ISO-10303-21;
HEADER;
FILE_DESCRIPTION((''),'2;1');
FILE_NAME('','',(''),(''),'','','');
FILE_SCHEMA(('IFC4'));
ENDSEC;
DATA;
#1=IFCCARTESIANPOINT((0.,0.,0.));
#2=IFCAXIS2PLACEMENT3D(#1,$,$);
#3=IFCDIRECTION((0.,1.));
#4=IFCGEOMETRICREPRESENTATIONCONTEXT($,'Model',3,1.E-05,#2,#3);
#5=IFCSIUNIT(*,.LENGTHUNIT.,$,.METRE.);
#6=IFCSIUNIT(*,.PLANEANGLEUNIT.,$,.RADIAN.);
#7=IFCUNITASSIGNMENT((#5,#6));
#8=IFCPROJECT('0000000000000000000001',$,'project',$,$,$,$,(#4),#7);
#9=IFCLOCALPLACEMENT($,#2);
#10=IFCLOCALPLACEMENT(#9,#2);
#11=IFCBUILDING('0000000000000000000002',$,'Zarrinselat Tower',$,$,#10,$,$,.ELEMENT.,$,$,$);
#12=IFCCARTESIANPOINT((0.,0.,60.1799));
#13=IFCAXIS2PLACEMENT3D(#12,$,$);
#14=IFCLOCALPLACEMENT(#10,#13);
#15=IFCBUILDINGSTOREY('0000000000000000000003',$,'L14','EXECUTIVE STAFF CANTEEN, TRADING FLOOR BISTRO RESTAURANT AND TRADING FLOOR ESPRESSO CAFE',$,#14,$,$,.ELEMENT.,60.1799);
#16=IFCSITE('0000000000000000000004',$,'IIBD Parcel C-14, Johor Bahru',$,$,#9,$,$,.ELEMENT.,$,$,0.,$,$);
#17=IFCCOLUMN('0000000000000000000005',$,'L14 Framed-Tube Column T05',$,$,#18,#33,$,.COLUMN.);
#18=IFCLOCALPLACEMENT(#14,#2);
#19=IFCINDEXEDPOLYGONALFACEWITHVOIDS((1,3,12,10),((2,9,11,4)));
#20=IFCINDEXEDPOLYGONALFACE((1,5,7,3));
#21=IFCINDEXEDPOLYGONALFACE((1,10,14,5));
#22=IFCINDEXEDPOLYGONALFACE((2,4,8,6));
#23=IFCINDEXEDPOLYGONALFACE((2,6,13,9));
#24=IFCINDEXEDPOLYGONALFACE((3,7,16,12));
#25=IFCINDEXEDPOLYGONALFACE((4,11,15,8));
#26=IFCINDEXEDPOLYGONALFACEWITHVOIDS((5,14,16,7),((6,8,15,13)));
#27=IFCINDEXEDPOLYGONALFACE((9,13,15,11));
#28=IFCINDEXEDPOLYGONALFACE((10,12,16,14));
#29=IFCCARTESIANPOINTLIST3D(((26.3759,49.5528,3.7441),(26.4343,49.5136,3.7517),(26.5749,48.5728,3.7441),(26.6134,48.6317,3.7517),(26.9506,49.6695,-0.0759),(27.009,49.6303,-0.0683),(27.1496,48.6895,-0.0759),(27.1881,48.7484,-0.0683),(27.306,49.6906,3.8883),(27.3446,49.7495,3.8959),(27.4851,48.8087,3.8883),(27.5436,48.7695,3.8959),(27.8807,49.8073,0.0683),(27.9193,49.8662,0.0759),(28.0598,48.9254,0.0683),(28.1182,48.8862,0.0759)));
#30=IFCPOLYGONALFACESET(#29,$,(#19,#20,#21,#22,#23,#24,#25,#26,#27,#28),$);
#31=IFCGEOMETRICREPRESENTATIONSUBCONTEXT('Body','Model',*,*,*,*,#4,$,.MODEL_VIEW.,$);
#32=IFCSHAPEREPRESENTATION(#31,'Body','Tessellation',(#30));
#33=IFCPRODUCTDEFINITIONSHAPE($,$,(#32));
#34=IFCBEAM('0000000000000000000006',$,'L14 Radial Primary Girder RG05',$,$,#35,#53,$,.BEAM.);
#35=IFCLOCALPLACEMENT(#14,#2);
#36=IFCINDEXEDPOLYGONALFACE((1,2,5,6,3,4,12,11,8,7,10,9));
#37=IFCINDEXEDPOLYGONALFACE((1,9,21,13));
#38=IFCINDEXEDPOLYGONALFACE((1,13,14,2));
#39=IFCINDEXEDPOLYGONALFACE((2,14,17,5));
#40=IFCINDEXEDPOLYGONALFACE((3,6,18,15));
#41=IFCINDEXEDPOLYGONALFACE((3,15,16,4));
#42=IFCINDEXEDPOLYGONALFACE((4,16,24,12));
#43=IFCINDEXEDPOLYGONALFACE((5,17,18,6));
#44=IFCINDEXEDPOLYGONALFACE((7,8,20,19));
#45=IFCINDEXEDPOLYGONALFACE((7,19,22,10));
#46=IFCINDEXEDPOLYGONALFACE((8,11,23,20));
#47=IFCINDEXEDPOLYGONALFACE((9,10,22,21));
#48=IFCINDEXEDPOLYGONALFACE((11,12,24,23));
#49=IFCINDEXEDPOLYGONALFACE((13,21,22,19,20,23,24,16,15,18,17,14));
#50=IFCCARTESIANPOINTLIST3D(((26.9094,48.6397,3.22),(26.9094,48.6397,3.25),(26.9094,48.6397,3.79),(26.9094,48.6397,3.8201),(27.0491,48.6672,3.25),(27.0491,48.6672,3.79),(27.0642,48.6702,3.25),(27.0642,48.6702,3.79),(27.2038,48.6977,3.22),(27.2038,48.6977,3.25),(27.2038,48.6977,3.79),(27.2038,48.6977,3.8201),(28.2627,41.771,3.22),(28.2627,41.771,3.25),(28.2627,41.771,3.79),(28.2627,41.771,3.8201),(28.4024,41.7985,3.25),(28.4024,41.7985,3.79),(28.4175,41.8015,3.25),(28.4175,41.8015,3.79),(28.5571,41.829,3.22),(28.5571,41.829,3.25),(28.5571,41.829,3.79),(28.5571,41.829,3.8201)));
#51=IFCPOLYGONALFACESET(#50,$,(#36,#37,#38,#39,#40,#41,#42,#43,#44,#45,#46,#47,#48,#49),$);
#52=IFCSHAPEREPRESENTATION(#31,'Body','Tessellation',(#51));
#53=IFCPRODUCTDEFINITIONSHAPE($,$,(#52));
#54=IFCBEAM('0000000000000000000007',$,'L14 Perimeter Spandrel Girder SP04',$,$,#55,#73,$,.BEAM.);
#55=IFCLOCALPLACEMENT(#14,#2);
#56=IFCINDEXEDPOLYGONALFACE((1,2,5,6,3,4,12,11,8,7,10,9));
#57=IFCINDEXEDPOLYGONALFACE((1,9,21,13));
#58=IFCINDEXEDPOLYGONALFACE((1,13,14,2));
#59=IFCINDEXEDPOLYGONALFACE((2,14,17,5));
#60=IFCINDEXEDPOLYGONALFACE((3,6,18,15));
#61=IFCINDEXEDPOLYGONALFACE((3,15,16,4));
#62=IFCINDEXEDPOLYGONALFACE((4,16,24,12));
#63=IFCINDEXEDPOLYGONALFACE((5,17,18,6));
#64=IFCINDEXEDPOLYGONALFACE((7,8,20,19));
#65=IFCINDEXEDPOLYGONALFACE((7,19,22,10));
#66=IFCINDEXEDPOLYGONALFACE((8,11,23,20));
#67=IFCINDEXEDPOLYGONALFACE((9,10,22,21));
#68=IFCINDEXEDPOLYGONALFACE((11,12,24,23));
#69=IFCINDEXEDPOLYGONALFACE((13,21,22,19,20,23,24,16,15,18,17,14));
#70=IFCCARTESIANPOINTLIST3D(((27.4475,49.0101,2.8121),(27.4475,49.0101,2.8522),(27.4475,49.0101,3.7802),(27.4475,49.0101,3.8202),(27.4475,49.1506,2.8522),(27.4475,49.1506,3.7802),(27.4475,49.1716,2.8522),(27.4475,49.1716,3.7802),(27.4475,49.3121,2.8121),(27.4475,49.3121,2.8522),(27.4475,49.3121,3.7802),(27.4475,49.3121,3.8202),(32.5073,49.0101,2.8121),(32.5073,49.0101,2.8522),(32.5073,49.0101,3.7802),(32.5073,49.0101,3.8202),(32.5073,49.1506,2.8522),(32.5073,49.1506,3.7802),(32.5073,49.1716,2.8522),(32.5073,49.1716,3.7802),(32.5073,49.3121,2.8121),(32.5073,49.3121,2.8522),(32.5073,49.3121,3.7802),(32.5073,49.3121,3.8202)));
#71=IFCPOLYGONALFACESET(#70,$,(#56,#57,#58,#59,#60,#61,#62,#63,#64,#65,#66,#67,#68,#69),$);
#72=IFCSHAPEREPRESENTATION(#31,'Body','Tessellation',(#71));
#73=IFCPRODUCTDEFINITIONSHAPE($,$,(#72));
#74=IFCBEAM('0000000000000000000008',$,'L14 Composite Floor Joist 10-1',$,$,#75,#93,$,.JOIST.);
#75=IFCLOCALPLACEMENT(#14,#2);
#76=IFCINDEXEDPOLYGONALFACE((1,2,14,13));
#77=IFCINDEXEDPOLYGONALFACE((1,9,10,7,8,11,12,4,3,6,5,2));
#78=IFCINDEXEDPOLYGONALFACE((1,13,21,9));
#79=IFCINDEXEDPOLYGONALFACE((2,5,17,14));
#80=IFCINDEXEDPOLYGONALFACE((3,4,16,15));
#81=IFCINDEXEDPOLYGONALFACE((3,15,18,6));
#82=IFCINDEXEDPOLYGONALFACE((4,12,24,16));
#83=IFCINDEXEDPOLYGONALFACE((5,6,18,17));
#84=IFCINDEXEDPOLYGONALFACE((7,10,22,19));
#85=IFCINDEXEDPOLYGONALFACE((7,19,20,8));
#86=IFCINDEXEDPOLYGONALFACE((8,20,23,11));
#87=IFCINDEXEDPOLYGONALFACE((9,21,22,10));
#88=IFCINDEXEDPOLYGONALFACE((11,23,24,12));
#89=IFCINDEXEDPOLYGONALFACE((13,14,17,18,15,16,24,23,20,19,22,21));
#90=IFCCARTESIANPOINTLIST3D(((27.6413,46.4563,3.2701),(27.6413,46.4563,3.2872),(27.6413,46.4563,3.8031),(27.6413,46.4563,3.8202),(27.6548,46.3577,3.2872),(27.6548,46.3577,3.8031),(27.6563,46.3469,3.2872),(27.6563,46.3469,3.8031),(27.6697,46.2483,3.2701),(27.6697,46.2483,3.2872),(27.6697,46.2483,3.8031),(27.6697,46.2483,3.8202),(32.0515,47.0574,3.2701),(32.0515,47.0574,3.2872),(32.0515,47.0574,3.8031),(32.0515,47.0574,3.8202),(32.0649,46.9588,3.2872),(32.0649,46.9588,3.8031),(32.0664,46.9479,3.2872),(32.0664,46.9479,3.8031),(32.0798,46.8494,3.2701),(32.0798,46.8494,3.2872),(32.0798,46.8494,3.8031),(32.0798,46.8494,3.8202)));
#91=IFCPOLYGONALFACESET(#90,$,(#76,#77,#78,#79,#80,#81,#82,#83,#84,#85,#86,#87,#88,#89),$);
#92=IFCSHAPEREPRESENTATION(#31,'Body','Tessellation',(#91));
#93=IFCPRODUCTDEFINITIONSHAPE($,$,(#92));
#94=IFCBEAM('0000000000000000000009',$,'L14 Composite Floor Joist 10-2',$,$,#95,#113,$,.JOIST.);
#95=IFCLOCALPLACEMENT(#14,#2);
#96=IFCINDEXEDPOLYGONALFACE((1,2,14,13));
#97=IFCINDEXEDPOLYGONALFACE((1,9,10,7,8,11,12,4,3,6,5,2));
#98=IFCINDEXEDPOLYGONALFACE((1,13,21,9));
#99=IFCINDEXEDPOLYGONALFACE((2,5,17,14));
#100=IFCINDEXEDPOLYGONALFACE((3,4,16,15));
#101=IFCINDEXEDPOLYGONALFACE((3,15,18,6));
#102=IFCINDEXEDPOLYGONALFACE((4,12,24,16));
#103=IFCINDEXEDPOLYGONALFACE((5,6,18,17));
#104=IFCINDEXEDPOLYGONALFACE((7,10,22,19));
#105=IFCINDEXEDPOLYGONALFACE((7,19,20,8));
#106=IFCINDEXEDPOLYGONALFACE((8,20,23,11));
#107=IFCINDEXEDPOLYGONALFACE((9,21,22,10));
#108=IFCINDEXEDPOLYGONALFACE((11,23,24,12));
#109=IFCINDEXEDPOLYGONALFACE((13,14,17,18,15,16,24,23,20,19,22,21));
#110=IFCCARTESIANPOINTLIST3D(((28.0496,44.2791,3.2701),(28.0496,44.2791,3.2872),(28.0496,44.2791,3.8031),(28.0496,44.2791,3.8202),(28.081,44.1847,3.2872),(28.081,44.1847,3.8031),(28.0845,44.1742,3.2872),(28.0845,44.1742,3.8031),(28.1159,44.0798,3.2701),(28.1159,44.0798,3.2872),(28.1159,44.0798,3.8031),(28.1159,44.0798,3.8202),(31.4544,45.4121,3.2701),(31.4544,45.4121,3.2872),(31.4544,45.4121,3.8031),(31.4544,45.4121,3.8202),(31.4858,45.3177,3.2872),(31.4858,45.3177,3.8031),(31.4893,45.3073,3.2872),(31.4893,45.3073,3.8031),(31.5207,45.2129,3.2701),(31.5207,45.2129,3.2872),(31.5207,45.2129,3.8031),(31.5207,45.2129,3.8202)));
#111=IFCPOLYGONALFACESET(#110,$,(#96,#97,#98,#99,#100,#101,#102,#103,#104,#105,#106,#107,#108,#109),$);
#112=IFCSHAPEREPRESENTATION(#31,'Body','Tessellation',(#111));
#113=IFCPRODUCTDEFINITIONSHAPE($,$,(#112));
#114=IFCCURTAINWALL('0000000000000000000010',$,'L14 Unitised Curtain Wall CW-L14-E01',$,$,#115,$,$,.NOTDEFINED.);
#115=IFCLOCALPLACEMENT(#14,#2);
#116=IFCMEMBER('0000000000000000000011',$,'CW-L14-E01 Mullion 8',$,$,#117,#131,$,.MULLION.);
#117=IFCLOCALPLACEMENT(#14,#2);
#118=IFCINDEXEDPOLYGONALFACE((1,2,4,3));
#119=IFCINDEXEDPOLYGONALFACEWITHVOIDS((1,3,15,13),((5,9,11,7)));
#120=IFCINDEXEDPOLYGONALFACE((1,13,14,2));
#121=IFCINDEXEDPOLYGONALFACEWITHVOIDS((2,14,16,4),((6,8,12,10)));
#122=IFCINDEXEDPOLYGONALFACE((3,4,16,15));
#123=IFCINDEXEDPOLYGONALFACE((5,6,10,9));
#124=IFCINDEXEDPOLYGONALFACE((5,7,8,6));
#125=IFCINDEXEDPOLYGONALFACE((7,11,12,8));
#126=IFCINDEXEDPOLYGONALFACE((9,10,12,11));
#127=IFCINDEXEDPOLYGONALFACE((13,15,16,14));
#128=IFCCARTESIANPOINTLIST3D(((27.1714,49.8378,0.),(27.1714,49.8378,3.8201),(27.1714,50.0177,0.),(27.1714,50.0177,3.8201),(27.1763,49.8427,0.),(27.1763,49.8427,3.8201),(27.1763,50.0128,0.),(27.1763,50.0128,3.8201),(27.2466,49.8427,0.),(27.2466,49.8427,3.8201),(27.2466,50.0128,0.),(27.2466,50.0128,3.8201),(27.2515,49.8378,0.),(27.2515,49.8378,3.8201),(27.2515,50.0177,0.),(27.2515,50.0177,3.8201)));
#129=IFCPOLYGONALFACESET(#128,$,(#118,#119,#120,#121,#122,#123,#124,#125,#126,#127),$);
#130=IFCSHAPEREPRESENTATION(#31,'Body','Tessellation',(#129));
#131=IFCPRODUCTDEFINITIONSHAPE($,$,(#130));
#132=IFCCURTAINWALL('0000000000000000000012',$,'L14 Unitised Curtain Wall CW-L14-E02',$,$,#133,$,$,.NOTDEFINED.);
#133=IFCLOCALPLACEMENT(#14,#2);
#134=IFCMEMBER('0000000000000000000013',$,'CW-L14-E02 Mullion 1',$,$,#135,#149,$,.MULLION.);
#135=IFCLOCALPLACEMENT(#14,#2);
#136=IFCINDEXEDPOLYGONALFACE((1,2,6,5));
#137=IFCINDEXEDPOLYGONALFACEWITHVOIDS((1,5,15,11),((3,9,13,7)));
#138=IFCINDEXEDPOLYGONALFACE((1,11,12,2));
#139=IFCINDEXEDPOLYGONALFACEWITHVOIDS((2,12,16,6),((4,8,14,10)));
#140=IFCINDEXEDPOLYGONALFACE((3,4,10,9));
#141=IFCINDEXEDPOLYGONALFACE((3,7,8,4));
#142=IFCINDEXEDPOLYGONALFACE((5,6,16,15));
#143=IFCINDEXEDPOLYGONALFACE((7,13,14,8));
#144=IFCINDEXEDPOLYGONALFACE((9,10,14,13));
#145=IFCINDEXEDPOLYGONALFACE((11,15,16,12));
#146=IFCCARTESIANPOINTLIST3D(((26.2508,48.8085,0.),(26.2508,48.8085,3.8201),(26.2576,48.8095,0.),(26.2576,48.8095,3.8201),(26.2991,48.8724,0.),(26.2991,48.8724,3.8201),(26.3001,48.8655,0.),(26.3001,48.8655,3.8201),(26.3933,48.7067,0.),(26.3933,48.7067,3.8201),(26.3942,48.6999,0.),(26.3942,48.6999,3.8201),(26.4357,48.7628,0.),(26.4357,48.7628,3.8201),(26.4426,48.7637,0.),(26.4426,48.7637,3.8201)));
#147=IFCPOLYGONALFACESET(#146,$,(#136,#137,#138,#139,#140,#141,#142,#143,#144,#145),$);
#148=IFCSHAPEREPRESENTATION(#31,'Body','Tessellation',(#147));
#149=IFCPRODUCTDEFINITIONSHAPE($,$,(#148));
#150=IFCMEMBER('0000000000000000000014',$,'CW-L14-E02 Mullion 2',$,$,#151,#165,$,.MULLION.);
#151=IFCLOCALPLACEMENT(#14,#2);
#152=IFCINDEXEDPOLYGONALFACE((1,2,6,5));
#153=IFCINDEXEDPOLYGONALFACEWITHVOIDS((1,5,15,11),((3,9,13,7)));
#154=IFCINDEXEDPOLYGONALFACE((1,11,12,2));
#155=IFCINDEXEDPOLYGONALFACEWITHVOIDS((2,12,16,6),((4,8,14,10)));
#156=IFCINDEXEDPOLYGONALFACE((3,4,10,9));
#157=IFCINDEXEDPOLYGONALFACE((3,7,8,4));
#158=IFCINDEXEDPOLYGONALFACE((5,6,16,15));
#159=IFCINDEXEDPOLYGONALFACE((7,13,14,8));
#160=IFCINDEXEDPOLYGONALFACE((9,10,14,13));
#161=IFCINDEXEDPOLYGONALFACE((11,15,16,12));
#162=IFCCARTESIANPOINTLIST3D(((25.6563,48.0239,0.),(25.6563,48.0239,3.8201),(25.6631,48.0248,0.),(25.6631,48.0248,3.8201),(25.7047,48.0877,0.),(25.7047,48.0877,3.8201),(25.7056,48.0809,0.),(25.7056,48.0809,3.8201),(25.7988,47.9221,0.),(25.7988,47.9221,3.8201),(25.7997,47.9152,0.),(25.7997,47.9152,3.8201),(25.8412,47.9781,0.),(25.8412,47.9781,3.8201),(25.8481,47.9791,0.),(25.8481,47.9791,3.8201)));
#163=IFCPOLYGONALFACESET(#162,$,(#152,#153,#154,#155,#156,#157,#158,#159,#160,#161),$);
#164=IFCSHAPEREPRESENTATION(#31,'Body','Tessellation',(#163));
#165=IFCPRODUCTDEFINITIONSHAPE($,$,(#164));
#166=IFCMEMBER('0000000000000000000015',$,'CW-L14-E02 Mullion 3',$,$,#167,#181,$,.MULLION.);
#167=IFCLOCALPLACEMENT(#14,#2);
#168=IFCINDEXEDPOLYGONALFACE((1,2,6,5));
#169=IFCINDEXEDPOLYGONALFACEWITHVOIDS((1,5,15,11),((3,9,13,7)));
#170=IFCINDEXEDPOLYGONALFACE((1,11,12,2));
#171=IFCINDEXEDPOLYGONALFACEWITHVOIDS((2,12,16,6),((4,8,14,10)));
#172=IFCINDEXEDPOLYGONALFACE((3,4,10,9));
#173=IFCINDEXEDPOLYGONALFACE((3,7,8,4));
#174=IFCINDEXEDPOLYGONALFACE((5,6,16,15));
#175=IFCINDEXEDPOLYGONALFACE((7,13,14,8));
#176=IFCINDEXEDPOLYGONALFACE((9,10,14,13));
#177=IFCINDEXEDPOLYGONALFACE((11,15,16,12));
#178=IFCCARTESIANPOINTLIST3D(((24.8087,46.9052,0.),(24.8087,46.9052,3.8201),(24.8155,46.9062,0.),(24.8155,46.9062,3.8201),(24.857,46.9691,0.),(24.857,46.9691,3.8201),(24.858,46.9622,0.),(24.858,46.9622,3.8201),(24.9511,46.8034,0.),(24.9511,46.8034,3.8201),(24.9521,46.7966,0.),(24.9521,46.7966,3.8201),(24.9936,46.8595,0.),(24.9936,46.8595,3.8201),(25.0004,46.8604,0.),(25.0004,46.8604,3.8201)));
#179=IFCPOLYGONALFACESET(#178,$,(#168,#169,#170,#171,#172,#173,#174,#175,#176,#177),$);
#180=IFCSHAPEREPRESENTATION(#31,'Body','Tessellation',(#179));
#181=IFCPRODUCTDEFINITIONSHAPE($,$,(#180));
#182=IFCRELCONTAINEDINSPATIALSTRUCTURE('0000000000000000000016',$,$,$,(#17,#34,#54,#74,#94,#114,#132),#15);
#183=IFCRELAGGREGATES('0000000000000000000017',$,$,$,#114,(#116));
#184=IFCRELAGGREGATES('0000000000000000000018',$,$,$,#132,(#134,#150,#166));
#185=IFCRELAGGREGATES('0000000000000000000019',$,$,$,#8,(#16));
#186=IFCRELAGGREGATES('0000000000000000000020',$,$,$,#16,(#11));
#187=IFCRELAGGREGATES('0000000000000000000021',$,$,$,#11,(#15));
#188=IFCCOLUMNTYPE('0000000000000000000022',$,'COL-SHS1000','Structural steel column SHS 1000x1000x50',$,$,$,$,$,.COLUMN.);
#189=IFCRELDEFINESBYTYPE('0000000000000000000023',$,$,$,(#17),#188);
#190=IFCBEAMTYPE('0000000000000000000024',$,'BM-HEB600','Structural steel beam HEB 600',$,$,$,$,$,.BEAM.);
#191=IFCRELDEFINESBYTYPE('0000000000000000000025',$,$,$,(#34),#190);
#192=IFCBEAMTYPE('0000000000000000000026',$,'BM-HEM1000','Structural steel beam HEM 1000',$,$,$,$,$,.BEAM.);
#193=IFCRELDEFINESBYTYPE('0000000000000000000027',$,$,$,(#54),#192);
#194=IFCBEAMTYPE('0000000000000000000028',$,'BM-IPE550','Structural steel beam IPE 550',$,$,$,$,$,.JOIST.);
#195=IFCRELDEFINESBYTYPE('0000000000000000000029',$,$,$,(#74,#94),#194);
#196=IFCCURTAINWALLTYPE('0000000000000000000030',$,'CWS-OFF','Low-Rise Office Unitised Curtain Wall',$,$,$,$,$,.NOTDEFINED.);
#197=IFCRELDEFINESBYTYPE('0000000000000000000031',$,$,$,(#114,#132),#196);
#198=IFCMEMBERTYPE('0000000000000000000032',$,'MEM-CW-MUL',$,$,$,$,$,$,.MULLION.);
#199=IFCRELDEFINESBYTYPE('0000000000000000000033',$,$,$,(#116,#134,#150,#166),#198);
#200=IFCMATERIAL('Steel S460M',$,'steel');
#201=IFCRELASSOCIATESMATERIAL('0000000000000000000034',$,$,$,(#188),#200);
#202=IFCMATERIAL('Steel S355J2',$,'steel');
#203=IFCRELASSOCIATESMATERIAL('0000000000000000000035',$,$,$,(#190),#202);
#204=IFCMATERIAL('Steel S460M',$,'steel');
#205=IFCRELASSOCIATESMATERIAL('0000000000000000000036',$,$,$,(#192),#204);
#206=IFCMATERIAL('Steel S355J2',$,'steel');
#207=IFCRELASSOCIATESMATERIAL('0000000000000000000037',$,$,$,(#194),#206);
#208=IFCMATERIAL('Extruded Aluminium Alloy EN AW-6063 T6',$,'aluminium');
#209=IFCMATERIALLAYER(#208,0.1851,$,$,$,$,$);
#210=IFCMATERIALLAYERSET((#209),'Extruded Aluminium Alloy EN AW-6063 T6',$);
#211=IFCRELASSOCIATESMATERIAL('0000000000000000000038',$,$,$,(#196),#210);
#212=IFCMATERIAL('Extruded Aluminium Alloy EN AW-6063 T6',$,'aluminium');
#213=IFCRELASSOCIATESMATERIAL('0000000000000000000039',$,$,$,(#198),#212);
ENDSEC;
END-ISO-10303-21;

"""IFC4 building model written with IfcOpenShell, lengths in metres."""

from ifc_helpers import new_model, si_unit, direction, frame, origin, origin_2d, place, context, subcontext, project, spatial, hollow_rectangle, i_section, extrude, material, layer, layer_set, material_profile, profile_set, type_object, element, aggregate, save


model = new_model("IFC4")

# Units and contexts
model_context = context("Model", 3, precision=1e-05, world=origin(), true_north=direction((0.0, 1.0)))
body_context = subcontext(model_context, "Body", "Model", "MODEL_VIEW")
ifc_project = project(units=[si_unit("LENGTHUNIT", "METRE"), si_unit("PLANEANGLEUNIT", "RADIAN")], contexts=[model_context])

# Site, building, storey
site_placement = place(None, origin())
site = spatial("IfcSite", under=ifc_project, at=site_placement, Name="IIBD Parcel C-14, Johor Bahru", CompositionType="ELEMENT", RefElevation=0.0)
building_placement = place(site_placement, origin())
building = spatial("IfcBuilding", under=site, at=building_placement, Name="Zarrinselat Tower", CompositionType="ELEMENT")
storey_placement = place(building_placement, frame((0.0, 0.0, 60.1799)))
storey = spatial("IfcBuildingStorey", under=building, at=storey_placement, Name="L14", Description="EXECUTIVE STAFF CANTEEN, TRADING FLOOR BISTRO RESTAURANT AND TRADING FLOOR ESPRESSO CAFE", CompositionType="ELEMENT", Elevation=60.1799)

# Column
ifc_material_1 = material(Name="Steel S460M", Category="steel")
ifc_material_profile_1 = material_profile(ifc_material_1, hollow_rectangle(XDim=1.0, YDim=1.0, WallThickness=0.05, at=origin_2d()), Name="SHS 1000x1000x50")
ifc_profile_set_1 = profile_set([ifc_material_profile_1], Name="Steel S460M")
column_type = type_object("IfcColumnType", Name="COL-SHS1000", Description="Structural steel column SHS 1000x1000x50", PredefinedType="COLUMN", material=ifc_profile_set_1)
column_placement = place(storey_placement, frame((27.5344, 49.2778, 0.0), z_axis=(-0.148702, -0.030195, 0.988421), x_axis=(0.198997, -0.98, 0.0)))
element("IfcColumn", 1, at=column_placement, inside=storey, type_object=column_type, Name="L14 Framed-Tube Column T05", PredefinedType="COLUMN", context=body_context, shape_type="SweptSolid", body=[
    extrude(hollow_rectangle(XDim=1.0, YDim=1.0, WallThickness=0.05, at=origin_2d()), origin(), (0.0, 0.0, 1.0), 3.8647),
])

# Beams
ifc_material_2 = material(Name="Steel S355J2", Category="steel")
ifc_material_profile_2 = material_profile(ifc_material_2, i_section(OverallWidth=0.3, OverallDepth=0.6001, WebThickness=0.0154, FlangeThickness=0.03, at=origin_2d()), Name="HEB 600")
ifc_profile_set_2 = profile_set([ifc_material_profile_2], Name="Steel S355J2")
beam_type_1 = type_object("IfcBeamType", Name="BM-HEB600", Description="Structural steel beam HEB 600", PredefinedType="BEAM", material=ifc_profile_set_2)
beam_1_placement = place(storey_placement, frame((27.0566, 48.6687, 3.52), z_axis=(0.193305, -0.981139, 0.0), x_axis=(0.981139, 0.193305, 0.0)))
element("IfcBeam", 2, at=beam_1_placement, inside=storey, type_object=beam_type_1, Name="L14 Radial Primary Girder RG05", PredefinedType="BEAM", context=body_context, shape_type="SweptSolid", body=[
    extrude(i_section(OverallWidth=0.3, OverallDepth=0.6001, WebThickness=0.0154, FlangeThickness=0.03, at=origin_2d()), origin(), (0.0, 0.0, 1.0), 7.0007),
])
ifc_material_3 = material(Name="Steel S460M", Category="steel")
ifc_material_profile_3 = material_profile(ifc_material_3, i_section(OverallWidth=0.302, OverallDepth=1.0081, WebThickness=0.021, FlangeThickness=0.04, at=origin_2d()), Name="HEM 1000")
ifc_profile_set_3 = profile_set([ifc_material_profile_3], Name="Steel S460M")
beam_type_2 = type_object("IfcBeamType", Name="BM-HEM1000", Description="Structural steel beam HEM 1000", PredefinedType="BEAM", material=ifc_profile_set_3)
beam_2_placement = place(storey_placement, frame((27.4475, 49.1611, 3.3162), z_axis=(1.0, 0.0, 0.0), x_axis=(0.0, 1.0, 0.0)))
element("IfcBeam", 3, at=beam_2_placement, inside=storey, type_object=beam_type_2, Name="L14 Perimeter Spandrel Girder SP04", PredefinedType="BEAM", context=body_context, shape_type="SweptSolid", body=[
    extrude(i_section(OverallWidth=0.302, OverallDepth=1.0081, WebThickness=0.021, FlangeThickness=0.04, at=origin_2d()), origin(), (0.0, 0.0, 1.0), 5.0598),
])
ifc_material_4 = material(Name="Steel S355J2", Category="steel")
ifc_material_profile_4 = material_profile(ifc_material_4, i_section(OverallWidth=0.21, OverallDepth=0.55, WebThickness=0.011, FlangeThickness=0.0171, at=origin_2d()), Name="IPE 550")
ifc_profile_set_4 = profile_set([ifc_material_profile_4], Name="Steel S355J2")
beam_type_3 = type_object("IfcBeamType", Name="BM-IPE550", Description="Structural steel beam IPE 550", PredefinedType="JOIST", material=ifc_profile_set_4)
beam_3_placement = place(storey_placement, frame((27.6555, 46.3523, 3.5452), z_axis=(0.99084, 0.135045, 0.0), x_axis=(-0.135045, 0.99084, 0.0)))
element("IfcBeam", 4, at=beam_3_placement, inside=storey, type_object=beam_type_3, Name="L14 Composite Floor Joist 10-1", PredefinedType="JOIST", context=body_context, shape_type="SweptSolid", body=[
    extrude(i_section(OverallWidth=0.21, OverallDepth=0.55, WebThickness=0.011, FlangeThickness=0.0171, at=origin_2d()), origin(), (0.0, 0.0, 1.0), 4.4509),
])
beam_4_placement = place(storey_placement, frame((28.0828, 44.1794, 3.5452), z_axis=(0.94884, 0.315758, 0.0), x_axis=(-0.315758, 0.94884, 0.0)))
element("IfcBeam", 5, at=beam_4_placement, inside=storey, type_object=beam_type_3, Name="L14 Composite Floor Joist 10-2", PredefinedType="JOIST", context=body_context, shape_type="SweptSolid", body=[
    extrude(i_section(OverallWidth=0.21, OverallDepth=0.55, WebThickness=0.011, FlangeThickness=0.0171, at=origin_2d()), origin(), (0.0, 0.0, 1.0), 3.5884),
])

# Curtain wall, member
ifc_material_5 = material(Name="Extruded Aluminium Alloy EN AW-6063 T6", Category="aluminium")
ifc_layer_1 = layer(ifc_material_5, 0.1851)
ifc_layer_set_1 = layer_set([ifc_layer_1], Name="Extruded Aluminium Alloy EN AW-6063 T6")
curtain_wall_type = type_object("IfcCurtainWallType", Name="CWS-OFF", Description="Low-Rise Office Unitised Curtain Wall", PredefinedType="NOTDEFINED", material=ifc_layer_set_1)
curtain_wall_1_placement = place(storey_placement, origin())
curtain_wall_1 = element("IfcCurtainWall", 6, at=curtain_wall_1_placement, inside=storey, type_object=curtain_wall_type, Name="L14 Unitised Curtain Wall CW-L14-E01", PredefinedType="NOTDEFINED")
ifc_material_6 = material(Name="Extruded Aluminium Alloy EN AW-6063 T6", Category="aluminium")
ifc_material_profile_5 = material_profile(ifc_material_6, hollow_rectangle(XDim=0.0801, YDim=0.1799, WallThickness=0.0049, at=origin_2d()), Name="RHS 180x80x5")
ifc_profile_set_5 = profile_set([ifc_material_profile_5], Name="Extruded Aluminium Alloy EN AW-6063 T6")
member_type_1 = type_object("IfcMemberType", Name="MEM-CW-MUL", PredefinedType="MULLION", material=ifc_profile_set_5)
member_1_placement = place(storey_placement, frame((27.2114, 49.9277, 0.0), z_axis=(0.0, 0.0, 1.0), x_axis=(-1.0, 0.0, 0.0)))
member_1 = element("IfcMember", 7, at=member_1_placement, type_object=member_type_1, Name="CW-L14-E01 Mullion 8", PredefinedType="MULLION", context=body_context, shape_type="SweptSolid", body=[
    extrude(hollow_rectangle(XDim=0.0801, YDim=0.1799, WallThickness=0.0049, at=origin_2d()), origin(), (0.0, 0.0, 1.0), 3.8201),
])
aggregate(curtain_wall_1, [member_1])

# Curtain wall, members
curtain_wall_2_placement = place(storey_placement, origin())
curtain_wall_2 = element("IfcCurtainWall", 8, at=curtain_wall_2_placement, inside=storey, type_object=curtain_wall_type, Name="L14 Unitised Curtain Wall CW-L14-E02", PredefinedType="NOTDEFINED")
member_2_placement = place(storey_placement, frame((26.3467, 48.7861, 0.0), z_axis=(0.0, 0.0, 1.0), x_axis=(-0.60386, -0.797091, 0.0)))
member_2 = element("IfcMember", 9, at=member_2_placement, type_object=member_type_1, Name="CW-L14-E02 Mullion 1", PredefinedType="MULLION", context=body_context, shape_type="SweptSolid", body=[
    extrude(hollow_rectangle(XDim=0.0801, YDim=0.1799, WallThickness=0.0049, at=origin_2d()), origin(), (0.0, 0.0, 1.0), 3.8201),
])
member_3_placement = place(storey_placement, frame((25.7522, 48.0015, 0.0), z_axis=(0.0, 0.0, 1.0), x_axis=(-0.60386, -0.797091, 0.0)))
member_3 = element("IfcMember", 10, at=member_3_placement, type_object=member_type_1, Name="CW-L14-E02 Mullion 2", PredefinedType="MULLION", context=body_context, shape_type="SweptSolid", body=[
    extrude(hollow_rectangle(XDim=0.0801, YDim=0.1799, WallThickness=0.0049, at=origin_2d()), origin(), (0.0, 0.0, 1.0), 3.8201),
])
member_4_placement = place(storey_placement, frame((24.9045, 46.8828, 0.0), z_axis=(0.0, 0.0, 1.0), x_axis=(-0.60386, -0.797091, 0.0)))
member_4 = element("IfcMember", 11, at=member_4_placement, type_object=member_type_1, Name="CW-L14-E02 Mullion 3", PredefinedType="MULLION", context=body_context, shape_type="SweptSolid", body=[
    extrude(hollow_rectangle(XDim=0.0801, YDim=0.1799, WallThickness=0.0049, at=origin_2d()), origin(), (0.0, 0.0, 1.0), 3.8201),
])
aggregate(curtain_wall_2, [member_2, member_3, member_4])

save(model, "model.ifc")
